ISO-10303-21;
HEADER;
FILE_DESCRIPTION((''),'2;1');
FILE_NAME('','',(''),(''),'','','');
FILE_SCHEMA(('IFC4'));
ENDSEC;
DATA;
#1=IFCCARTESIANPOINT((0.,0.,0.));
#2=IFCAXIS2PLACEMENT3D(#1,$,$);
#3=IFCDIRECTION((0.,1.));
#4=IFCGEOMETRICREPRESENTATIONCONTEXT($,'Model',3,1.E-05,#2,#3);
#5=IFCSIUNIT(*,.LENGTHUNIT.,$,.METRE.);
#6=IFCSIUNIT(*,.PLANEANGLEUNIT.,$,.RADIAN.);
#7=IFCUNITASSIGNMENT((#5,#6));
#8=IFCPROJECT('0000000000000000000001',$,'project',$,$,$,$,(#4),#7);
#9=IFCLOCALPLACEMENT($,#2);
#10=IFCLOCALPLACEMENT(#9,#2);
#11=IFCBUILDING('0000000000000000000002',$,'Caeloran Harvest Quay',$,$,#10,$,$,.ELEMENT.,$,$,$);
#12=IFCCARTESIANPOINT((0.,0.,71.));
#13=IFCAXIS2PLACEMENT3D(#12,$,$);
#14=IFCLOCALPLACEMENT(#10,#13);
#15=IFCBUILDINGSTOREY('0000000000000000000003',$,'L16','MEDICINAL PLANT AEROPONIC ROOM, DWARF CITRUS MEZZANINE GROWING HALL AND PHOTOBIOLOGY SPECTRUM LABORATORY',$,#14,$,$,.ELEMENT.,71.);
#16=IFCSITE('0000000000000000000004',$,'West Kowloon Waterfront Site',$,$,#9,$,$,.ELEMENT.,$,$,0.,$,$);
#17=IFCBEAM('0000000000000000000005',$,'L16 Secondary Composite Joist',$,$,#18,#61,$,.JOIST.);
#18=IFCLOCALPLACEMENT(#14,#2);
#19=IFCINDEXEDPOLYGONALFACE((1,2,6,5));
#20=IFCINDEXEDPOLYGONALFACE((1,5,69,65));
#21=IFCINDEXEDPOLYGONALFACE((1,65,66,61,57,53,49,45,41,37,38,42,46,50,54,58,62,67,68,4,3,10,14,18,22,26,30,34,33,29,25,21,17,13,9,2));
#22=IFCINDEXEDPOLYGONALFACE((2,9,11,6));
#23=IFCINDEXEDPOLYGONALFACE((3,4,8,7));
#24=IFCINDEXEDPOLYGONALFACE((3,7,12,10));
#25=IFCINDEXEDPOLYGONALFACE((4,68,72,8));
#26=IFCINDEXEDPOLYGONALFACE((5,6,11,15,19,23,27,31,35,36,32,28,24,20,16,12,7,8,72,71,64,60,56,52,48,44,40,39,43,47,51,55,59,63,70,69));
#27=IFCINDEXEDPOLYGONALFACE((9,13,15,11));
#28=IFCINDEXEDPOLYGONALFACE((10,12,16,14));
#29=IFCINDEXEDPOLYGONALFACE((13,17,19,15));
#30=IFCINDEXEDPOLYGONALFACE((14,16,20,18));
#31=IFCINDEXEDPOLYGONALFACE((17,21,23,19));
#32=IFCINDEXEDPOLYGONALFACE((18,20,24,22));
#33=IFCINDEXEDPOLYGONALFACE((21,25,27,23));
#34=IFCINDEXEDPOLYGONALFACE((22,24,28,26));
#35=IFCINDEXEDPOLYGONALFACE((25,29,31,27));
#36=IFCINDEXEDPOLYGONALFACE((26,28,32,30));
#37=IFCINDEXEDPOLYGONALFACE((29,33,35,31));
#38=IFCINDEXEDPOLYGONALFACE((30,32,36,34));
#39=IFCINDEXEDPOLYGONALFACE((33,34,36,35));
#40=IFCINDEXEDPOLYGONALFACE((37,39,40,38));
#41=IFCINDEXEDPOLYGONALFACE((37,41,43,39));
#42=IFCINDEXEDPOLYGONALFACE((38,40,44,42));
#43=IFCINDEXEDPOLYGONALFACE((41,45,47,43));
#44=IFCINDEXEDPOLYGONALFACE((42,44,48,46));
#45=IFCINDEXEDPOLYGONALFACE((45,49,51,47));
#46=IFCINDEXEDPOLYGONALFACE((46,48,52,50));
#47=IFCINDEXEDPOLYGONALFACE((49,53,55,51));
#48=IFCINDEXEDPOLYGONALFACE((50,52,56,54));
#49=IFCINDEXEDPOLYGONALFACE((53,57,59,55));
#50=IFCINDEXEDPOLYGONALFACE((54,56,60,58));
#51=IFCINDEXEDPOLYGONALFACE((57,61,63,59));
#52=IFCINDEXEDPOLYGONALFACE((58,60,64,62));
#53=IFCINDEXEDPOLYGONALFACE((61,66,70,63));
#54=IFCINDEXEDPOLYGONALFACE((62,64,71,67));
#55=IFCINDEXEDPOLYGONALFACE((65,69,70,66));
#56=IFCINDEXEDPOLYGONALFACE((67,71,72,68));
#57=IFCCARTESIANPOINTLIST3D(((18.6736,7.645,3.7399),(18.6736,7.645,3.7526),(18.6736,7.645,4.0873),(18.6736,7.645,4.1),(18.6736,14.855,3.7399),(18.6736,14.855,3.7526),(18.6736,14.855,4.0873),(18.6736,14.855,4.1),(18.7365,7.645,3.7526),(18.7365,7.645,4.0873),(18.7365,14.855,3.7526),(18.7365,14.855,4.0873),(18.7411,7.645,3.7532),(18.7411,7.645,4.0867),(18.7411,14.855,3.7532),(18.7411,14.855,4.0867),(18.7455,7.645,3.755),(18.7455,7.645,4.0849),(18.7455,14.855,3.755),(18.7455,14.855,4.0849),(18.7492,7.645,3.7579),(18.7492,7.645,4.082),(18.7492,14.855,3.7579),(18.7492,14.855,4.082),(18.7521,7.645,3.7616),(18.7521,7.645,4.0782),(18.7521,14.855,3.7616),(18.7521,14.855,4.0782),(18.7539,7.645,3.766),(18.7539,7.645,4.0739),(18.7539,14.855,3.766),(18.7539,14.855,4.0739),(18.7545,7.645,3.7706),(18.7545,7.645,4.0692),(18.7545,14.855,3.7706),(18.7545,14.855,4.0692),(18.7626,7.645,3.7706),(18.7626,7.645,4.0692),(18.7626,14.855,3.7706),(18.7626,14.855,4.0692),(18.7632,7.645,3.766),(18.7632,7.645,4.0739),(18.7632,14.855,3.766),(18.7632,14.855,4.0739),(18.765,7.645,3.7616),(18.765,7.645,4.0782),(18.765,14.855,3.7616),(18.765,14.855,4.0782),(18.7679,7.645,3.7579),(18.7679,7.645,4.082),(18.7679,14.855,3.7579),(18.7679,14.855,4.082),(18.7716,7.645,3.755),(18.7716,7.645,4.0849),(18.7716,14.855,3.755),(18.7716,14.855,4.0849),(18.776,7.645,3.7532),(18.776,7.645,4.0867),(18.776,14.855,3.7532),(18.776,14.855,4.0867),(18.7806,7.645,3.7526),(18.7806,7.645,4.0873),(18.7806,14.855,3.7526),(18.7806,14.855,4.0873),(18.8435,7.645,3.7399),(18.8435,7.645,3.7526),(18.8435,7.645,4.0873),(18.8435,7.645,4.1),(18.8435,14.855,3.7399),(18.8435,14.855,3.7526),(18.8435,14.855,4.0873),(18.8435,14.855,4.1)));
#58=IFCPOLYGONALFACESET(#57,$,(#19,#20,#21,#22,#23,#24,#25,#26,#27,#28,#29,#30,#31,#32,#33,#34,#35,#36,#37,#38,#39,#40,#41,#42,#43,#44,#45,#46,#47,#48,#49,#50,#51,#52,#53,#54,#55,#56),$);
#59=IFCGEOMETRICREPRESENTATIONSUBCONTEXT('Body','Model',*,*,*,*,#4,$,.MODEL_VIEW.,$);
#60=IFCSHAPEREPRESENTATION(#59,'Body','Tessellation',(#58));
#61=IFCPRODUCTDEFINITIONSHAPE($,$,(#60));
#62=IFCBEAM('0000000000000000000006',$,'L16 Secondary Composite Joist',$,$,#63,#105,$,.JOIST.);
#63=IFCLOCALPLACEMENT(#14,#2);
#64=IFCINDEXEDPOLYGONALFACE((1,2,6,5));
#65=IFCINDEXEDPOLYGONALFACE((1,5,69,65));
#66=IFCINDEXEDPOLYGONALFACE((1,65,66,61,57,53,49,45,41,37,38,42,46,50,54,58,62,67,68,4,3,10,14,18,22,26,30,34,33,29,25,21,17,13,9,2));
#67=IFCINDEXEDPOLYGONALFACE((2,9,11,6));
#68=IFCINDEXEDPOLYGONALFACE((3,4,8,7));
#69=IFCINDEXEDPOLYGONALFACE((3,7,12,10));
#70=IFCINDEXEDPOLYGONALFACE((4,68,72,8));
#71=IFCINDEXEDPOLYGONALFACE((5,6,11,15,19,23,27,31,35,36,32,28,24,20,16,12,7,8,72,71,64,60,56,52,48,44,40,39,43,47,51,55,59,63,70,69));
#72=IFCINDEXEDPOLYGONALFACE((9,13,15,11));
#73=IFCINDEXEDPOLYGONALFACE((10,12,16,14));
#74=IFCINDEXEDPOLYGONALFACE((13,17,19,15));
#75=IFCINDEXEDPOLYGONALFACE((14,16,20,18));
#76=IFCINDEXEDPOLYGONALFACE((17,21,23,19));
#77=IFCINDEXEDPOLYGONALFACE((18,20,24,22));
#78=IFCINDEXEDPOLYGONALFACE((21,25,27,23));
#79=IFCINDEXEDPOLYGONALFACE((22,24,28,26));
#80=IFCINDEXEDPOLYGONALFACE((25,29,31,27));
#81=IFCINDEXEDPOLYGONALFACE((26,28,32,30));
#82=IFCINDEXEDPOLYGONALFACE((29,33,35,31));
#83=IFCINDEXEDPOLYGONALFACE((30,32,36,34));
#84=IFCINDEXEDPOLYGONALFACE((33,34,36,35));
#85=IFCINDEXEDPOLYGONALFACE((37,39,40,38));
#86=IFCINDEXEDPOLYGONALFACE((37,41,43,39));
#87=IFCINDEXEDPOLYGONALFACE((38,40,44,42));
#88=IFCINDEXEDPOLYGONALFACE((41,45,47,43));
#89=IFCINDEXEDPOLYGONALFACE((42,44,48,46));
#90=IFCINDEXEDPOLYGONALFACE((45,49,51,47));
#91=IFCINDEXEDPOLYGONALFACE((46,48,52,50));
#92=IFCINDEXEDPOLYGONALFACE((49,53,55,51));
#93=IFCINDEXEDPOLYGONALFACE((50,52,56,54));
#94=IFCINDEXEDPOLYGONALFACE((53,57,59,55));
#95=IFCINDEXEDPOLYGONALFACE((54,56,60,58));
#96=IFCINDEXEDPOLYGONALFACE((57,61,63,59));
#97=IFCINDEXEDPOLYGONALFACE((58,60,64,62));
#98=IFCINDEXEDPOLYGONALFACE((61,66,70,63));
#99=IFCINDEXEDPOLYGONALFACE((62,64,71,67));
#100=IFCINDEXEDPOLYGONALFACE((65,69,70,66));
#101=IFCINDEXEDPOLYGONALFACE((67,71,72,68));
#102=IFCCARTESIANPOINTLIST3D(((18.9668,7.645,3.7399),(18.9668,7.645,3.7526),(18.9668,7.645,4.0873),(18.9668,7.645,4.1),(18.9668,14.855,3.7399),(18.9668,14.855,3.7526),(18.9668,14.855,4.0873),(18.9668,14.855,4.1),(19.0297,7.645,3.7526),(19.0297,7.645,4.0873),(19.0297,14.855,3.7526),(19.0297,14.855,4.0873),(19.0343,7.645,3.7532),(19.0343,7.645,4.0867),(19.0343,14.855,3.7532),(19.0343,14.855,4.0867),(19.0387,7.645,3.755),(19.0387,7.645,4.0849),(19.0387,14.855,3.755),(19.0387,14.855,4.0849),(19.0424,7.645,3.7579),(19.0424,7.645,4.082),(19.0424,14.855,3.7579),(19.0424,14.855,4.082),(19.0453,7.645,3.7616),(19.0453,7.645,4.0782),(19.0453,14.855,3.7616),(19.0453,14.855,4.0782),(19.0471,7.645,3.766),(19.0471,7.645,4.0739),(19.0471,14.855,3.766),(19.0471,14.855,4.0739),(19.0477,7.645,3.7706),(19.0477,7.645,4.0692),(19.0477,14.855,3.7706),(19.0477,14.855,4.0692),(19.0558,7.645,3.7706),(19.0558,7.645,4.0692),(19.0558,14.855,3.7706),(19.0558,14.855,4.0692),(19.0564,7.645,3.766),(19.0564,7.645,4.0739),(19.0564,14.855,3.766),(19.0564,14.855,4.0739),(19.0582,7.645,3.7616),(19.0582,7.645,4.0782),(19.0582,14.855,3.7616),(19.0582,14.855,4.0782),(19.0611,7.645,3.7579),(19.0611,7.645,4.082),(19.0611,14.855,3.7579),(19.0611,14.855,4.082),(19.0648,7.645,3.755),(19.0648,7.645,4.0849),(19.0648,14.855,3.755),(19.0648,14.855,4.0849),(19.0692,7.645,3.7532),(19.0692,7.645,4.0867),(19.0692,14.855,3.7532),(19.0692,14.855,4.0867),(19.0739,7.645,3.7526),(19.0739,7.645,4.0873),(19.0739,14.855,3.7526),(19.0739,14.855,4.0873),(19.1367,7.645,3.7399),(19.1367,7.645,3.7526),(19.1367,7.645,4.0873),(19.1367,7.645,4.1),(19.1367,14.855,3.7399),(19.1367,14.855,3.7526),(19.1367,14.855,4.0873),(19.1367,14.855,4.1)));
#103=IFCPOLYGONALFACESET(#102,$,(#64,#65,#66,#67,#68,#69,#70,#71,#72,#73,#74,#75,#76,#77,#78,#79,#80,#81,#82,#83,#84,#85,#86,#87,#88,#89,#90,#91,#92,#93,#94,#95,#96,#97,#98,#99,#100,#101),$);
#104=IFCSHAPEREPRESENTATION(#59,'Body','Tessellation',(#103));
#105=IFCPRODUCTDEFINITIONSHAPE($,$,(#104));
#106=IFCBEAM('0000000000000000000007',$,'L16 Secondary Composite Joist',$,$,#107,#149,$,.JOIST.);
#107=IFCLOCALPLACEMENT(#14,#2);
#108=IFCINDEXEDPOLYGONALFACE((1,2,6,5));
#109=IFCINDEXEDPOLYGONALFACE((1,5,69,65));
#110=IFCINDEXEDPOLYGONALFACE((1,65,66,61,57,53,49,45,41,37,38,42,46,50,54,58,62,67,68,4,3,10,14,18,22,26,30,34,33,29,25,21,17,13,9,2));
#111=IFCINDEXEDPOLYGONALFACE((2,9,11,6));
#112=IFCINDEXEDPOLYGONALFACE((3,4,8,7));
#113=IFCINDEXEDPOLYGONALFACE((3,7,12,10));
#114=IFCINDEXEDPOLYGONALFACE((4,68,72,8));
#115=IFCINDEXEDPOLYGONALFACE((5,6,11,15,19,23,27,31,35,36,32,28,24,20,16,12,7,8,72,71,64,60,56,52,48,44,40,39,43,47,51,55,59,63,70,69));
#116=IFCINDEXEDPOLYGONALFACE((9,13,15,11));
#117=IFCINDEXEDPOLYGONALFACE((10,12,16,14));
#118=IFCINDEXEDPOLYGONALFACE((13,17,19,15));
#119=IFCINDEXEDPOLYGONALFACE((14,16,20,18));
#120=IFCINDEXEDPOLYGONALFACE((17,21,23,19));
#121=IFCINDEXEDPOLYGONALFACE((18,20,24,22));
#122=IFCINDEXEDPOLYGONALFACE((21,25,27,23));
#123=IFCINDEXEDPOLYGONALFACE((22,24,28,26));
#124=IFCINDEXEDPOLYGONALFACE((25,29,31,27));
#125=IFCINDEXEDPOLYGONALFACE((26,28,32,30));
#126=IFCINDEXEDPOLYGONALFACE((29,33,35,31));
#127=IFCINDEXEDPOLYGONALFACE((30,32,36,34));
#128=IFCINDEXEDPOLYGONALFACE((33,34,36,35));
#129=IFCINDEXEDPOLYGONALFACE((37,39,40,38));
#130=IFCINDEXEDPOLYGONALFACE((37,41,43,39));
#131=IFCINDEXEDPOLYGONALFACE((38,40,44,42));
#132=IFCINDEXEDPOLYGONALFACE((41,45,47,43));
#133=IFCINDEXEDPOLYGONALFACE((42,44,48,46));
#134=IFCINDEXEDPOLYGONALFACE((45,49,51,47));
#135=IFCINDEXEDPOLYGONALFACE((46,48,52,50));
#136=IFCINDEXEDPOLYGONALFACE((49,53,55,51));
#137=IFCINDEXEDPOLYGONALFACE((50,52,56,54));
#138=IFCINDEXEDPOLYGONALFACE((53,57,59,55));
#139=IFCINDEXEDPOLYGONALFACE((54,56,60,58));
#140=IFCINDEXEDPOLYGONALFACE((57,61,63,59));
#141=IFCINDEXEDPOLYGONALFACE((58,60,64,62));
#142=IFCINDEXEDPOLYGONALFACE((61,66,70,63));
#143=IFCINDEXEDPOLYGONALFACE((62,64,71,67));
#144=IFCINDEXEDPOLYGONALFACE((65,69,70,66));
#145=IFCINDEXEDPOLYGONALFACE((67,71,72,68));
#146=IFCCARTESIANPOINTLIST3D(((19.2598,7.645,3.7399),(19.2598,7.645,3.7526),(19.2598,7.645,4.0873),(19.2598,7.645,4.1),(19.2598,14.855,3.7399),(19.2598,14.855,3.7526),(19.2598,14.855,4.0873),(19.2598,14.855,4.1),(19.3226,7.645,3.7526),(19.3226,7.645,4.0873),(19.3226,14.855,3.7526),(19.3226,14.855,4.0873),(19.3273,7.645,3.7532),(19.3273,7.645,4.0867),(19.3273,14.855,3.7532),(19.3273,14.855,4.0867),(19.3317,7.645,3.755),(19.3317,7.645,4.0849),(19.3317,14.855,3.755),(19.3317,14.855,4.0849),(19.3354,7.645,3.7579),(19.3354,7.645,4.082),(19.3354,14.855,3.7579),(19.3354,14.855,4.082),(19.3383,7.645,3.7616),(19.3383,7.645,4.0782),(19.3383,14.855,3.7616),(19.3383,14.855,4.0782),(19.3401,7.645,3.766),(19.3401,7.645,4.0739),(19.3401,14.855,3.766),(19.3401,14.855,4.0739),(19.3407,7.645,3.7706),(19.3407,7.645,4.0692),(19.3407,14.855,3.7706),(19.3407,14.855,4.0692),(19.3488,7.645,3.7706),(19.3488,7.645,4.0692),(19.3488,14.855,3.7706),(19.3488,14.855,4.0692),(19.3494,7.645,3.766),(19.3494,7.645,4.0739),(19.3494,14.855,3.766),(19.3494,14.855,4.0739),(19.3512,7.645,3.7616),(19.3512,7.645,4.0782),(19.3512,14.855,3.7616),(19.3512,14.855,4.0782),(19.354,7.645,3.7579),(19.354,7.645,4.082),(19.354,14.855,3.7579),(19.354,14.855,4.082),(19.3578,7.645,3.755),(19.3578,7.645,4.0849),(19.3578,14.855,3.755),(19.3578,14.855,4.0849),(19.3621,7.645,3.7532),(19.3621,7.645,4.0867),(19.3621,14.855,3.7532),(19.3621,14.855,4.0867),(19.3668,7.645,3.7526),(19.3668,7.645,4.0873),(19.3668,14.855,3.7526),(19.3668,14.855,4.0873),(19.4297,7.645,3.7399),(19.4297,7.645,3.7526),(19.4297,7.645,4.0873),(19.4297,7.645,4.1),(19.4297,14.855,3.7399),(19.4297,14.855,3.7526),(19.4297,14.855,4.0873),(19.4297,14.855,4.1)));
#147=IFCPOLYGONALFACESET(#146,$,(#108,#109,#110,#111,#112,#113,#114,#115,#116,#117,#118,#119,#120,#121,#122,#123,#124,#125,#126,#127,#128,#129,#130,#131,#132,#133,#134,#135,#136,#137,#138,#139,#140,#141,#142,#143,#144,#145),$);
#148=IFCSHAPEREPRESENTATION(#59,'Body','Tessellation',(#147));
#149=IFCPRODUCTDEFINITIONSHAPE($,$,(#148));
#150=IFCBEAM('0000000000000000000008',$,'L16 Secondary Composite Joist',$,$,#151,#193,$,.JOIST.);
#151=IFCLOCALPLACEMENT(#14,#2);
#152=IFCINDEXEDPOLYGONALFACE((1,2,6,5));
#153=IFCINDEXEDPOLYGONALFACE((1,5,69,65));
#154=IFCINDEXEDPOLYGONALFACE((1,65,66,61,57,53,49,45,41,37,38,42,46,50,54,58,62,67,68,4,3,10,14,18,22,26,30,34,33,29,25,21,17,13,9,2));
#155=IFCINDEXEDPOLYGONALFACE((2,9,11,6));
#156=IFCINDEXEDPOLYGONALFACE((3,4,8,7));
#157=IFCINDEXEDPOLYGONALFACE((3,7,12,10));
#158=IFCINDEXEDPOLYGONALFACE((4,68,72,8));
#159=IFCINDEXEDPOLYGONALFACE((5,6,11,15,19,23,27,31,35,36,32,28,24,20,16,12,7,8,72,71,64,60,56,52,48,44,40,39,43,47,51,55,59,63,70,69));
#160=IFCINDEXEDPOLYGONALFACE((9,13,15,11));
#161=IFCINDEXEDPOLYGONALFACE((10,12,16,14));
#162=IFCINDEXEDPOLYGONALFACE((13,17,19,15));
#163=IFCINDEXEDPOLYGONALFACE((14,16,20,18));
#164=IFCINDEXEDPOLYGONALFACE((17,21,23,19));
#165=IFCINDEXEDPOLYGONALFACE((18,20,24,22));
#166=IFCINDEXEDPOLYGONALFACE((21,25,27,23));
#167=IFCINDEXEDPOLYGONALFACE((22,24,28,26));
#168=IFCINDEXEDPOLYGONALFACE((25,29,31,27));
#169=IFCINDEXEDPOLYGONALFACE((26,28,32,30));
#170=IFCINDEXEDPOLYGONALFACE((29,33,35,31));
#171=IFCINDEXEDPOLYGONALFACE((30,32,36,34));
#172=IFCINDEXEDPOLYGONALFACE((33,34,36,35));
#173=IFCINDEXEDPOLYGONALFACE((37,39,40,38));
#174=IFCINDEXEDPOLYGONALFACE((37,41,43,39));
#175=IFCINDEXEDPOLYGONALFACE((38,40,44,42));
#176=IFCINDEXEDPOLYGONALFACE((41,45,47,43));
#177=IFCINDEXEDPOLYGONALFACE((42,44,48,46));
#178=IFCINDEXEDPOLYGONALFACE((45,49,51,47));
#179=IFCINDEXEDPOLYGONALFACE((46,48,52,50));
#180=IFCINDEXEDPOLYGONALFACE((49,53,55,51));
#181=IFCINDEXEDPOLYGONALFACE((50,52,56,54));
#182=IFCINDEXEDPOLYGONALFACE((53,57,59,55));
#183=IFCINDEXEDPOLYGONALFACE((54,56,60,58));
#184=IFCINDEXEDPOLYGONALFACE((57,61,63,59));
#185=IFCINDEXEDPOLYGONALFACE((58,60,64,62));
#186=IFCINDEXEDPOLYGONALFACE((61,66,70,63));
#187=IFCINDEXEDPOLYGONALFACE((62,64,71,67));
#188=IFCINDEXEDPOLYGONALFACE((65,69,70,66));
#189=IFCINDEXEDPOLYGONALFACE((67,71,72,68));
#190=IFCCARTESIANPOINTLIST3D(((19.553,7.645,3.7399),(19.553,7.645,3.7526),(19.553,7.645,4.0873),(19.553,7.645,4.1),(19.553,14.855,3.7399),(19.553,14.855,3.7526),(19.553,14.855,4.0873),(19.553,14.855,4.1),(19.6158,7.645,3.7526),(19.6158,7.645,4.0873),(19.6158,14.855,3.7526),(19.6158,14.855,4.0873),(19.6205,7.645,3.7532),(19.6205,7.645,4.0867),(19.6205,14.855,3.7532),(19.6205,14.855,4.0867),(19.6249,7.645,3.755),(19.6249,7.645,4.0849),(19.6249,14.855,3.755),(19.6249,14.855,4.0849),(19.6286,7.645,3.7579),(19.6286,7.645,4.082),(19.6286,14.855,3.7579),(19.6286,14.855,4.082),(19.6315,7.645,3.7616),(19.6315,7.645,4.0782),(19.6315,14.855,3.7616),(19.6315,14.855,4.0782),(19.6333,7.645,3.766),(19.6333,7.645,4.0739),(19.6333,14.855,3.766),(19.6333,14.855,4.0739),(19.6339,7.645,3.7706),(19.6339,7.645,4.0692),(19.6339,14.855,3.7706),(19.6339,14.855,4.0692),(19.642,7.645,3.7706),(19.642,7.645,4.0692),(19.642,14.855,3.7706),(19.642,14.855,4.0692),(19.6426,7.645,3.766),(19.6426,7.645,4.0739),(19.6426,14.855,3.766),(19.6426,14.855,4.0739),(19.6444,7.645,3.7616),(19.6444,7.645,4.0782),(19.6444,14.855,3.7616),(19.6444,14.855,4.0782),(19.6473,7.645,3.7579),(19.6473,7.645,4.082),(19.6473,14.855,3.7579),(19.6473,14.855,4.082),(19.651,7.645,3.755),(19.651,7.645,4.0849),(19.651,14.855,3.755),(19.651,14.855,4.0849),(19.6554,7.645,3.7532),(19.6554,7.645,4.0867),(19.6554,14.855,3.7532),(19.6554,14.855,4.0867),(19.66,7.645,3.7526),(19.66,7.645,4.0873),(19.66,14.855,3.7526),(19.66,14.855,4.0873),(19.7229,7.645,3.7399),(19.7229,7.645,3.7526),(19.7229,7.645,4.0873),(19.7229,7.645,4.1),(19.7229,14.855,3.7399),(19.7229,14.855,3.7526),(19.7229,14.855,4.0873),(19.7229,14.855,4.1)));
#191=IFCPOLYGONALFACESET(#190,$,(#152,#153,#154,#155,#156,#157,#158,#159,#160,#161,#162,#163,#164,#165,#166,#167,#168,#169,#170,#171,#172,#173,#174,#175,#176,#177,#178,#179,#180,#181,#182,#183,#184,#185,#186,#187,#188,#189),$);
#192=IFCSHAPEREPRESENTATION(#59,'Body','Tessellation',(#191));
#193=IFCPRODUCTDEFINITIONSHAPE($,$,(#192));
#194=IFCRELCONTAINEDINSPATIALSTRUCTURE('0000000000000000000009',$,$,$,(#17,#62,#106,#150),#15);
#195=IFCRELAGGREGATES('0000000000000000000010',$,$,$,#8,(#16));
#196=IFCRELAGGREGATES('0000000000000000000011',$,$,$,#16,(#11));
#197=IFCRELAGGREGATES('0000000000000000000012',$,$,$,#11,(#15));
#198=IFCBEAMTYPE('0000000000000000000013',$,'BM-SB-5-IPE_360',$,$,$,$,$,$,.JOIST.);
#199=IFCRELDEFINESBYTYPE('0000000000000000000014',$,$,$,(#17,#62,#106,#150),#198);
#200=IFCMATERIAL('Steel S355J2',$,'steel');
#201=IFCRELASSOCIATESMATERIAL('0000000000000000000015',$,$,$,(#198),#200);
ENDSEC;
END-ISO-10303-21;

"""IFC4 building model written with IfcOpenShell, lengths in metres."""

from ifc_helpers import new_model, si_unit, direction, frame, origin, origin_2d, place, context, subcontext, project, spatial, i_section, extrude, material, material_profile, profile_set, type_object, element, save


model = new_model("IFC4")

# Units and contexts
model_context = context("Model", 3, precision=1e-05, world=origin(), true_north=direction((0.0, 1.0)))
body_context = subcontext(model_context, "Body", "Model", "MODEL_VIEW")
ifc_project = project(units=[si_unit("LENGTHUNIT", "METRE"), si_unit("PLANEANGLEUNIT", "RADIAN")], contexts=[model_context])

# Site, building, storey
site_placement = place(None, origin())
site = spatial("IfcSite", under=ifc_project, at=site_placement, Name="West Kowloon Waterfront Site", CompositionType="ELEMENT", RefElevation=0.0)
building_placement = place(site_placement, origin())
building = spatial("IfcBuilding", under=site, at=building_placement, Name="Caeloran Harvest Quay", CompositionType="ELEMENT")
storey_placement = place(building_placement, frame((0.0, 0.0, 71.0)))
storey = spatial("IfcBuildingStorey", under=building, at=storey_placement, Name="L16", Description="MEDICINAL PLANT AEROPONIC ROOM, DWARF CITRUS MEZZANINE GROWING HALL AND PHOTOBIOLOGY SPECTRUM LABORATORY", CompositionType="ELEMENT", Elevation=71.0)

# Beams
ifc_material_1 = material(Name="Steel S355J2", Category="steel")
ifc_material_profile_1 = material_profile(ifc_material_1, i_section(OverallWidth=0.1699, OverallDepth=0.3601, WebThickness=0.0081, FlangeThickness=0.0127, FilletRadius=0.0181, at=origin_2d()), Name="IPE 360")
ifc_profile_set_1 = profile_set([ifc_material_profile_1], Name="Steel S355J2")
beam_type_1 = type_object("IfcBeamType", Name="BM-SB-5-IPE_360", PredefinedType="JOIST", material=ifc_profile_set_1)
for number, where, z_axis, x_axis, name in (
    (1, (18.7585, 7.645, 3.9199), (0.0, 1.0, 0.0), (-1.0, 0.0, 0.0), "L16 Secondary Composite Joist"),
    (2, (19.0518, 7.645, 3.9199), (0.0, 1.0, 0.0), (-1.0, 0.0, 0.0), "L16 Secondary Composite Joist"),
    (3, (19.3447, 7.645, 3.9199), (0.0, 1.0, 0.0), (-1.0, 0.0, 0.0), "L16 Secondary Composite Joist"),
    (4, (19.6379, 7.645, 3.9199), (0.0, 1.0, 0.0), (-1.0, 0.0, 0.0), "L16 Secondary Composite Joist"),
):
    element("IfcBeam", number, at=place(storey_placement, frame(where, z_axis=z_axis, x_axis=x_axis)), inside=storey, type_object=beam_type_1, Name=name, PredefinedType="JOIST", context=body_context, shape_type="SweptSolid", body=[
        extrude(i_section(OverallWidth=0.1699, OverallDepth=0.3601, WebThickness=0.0081, FlangeThickness=0.0127, FilletRadius=0.0181, at=origin_2d()), origin(), (0.0, 0.0, 1.0), 7.21),
    ])

save(model, "model.ifc")
